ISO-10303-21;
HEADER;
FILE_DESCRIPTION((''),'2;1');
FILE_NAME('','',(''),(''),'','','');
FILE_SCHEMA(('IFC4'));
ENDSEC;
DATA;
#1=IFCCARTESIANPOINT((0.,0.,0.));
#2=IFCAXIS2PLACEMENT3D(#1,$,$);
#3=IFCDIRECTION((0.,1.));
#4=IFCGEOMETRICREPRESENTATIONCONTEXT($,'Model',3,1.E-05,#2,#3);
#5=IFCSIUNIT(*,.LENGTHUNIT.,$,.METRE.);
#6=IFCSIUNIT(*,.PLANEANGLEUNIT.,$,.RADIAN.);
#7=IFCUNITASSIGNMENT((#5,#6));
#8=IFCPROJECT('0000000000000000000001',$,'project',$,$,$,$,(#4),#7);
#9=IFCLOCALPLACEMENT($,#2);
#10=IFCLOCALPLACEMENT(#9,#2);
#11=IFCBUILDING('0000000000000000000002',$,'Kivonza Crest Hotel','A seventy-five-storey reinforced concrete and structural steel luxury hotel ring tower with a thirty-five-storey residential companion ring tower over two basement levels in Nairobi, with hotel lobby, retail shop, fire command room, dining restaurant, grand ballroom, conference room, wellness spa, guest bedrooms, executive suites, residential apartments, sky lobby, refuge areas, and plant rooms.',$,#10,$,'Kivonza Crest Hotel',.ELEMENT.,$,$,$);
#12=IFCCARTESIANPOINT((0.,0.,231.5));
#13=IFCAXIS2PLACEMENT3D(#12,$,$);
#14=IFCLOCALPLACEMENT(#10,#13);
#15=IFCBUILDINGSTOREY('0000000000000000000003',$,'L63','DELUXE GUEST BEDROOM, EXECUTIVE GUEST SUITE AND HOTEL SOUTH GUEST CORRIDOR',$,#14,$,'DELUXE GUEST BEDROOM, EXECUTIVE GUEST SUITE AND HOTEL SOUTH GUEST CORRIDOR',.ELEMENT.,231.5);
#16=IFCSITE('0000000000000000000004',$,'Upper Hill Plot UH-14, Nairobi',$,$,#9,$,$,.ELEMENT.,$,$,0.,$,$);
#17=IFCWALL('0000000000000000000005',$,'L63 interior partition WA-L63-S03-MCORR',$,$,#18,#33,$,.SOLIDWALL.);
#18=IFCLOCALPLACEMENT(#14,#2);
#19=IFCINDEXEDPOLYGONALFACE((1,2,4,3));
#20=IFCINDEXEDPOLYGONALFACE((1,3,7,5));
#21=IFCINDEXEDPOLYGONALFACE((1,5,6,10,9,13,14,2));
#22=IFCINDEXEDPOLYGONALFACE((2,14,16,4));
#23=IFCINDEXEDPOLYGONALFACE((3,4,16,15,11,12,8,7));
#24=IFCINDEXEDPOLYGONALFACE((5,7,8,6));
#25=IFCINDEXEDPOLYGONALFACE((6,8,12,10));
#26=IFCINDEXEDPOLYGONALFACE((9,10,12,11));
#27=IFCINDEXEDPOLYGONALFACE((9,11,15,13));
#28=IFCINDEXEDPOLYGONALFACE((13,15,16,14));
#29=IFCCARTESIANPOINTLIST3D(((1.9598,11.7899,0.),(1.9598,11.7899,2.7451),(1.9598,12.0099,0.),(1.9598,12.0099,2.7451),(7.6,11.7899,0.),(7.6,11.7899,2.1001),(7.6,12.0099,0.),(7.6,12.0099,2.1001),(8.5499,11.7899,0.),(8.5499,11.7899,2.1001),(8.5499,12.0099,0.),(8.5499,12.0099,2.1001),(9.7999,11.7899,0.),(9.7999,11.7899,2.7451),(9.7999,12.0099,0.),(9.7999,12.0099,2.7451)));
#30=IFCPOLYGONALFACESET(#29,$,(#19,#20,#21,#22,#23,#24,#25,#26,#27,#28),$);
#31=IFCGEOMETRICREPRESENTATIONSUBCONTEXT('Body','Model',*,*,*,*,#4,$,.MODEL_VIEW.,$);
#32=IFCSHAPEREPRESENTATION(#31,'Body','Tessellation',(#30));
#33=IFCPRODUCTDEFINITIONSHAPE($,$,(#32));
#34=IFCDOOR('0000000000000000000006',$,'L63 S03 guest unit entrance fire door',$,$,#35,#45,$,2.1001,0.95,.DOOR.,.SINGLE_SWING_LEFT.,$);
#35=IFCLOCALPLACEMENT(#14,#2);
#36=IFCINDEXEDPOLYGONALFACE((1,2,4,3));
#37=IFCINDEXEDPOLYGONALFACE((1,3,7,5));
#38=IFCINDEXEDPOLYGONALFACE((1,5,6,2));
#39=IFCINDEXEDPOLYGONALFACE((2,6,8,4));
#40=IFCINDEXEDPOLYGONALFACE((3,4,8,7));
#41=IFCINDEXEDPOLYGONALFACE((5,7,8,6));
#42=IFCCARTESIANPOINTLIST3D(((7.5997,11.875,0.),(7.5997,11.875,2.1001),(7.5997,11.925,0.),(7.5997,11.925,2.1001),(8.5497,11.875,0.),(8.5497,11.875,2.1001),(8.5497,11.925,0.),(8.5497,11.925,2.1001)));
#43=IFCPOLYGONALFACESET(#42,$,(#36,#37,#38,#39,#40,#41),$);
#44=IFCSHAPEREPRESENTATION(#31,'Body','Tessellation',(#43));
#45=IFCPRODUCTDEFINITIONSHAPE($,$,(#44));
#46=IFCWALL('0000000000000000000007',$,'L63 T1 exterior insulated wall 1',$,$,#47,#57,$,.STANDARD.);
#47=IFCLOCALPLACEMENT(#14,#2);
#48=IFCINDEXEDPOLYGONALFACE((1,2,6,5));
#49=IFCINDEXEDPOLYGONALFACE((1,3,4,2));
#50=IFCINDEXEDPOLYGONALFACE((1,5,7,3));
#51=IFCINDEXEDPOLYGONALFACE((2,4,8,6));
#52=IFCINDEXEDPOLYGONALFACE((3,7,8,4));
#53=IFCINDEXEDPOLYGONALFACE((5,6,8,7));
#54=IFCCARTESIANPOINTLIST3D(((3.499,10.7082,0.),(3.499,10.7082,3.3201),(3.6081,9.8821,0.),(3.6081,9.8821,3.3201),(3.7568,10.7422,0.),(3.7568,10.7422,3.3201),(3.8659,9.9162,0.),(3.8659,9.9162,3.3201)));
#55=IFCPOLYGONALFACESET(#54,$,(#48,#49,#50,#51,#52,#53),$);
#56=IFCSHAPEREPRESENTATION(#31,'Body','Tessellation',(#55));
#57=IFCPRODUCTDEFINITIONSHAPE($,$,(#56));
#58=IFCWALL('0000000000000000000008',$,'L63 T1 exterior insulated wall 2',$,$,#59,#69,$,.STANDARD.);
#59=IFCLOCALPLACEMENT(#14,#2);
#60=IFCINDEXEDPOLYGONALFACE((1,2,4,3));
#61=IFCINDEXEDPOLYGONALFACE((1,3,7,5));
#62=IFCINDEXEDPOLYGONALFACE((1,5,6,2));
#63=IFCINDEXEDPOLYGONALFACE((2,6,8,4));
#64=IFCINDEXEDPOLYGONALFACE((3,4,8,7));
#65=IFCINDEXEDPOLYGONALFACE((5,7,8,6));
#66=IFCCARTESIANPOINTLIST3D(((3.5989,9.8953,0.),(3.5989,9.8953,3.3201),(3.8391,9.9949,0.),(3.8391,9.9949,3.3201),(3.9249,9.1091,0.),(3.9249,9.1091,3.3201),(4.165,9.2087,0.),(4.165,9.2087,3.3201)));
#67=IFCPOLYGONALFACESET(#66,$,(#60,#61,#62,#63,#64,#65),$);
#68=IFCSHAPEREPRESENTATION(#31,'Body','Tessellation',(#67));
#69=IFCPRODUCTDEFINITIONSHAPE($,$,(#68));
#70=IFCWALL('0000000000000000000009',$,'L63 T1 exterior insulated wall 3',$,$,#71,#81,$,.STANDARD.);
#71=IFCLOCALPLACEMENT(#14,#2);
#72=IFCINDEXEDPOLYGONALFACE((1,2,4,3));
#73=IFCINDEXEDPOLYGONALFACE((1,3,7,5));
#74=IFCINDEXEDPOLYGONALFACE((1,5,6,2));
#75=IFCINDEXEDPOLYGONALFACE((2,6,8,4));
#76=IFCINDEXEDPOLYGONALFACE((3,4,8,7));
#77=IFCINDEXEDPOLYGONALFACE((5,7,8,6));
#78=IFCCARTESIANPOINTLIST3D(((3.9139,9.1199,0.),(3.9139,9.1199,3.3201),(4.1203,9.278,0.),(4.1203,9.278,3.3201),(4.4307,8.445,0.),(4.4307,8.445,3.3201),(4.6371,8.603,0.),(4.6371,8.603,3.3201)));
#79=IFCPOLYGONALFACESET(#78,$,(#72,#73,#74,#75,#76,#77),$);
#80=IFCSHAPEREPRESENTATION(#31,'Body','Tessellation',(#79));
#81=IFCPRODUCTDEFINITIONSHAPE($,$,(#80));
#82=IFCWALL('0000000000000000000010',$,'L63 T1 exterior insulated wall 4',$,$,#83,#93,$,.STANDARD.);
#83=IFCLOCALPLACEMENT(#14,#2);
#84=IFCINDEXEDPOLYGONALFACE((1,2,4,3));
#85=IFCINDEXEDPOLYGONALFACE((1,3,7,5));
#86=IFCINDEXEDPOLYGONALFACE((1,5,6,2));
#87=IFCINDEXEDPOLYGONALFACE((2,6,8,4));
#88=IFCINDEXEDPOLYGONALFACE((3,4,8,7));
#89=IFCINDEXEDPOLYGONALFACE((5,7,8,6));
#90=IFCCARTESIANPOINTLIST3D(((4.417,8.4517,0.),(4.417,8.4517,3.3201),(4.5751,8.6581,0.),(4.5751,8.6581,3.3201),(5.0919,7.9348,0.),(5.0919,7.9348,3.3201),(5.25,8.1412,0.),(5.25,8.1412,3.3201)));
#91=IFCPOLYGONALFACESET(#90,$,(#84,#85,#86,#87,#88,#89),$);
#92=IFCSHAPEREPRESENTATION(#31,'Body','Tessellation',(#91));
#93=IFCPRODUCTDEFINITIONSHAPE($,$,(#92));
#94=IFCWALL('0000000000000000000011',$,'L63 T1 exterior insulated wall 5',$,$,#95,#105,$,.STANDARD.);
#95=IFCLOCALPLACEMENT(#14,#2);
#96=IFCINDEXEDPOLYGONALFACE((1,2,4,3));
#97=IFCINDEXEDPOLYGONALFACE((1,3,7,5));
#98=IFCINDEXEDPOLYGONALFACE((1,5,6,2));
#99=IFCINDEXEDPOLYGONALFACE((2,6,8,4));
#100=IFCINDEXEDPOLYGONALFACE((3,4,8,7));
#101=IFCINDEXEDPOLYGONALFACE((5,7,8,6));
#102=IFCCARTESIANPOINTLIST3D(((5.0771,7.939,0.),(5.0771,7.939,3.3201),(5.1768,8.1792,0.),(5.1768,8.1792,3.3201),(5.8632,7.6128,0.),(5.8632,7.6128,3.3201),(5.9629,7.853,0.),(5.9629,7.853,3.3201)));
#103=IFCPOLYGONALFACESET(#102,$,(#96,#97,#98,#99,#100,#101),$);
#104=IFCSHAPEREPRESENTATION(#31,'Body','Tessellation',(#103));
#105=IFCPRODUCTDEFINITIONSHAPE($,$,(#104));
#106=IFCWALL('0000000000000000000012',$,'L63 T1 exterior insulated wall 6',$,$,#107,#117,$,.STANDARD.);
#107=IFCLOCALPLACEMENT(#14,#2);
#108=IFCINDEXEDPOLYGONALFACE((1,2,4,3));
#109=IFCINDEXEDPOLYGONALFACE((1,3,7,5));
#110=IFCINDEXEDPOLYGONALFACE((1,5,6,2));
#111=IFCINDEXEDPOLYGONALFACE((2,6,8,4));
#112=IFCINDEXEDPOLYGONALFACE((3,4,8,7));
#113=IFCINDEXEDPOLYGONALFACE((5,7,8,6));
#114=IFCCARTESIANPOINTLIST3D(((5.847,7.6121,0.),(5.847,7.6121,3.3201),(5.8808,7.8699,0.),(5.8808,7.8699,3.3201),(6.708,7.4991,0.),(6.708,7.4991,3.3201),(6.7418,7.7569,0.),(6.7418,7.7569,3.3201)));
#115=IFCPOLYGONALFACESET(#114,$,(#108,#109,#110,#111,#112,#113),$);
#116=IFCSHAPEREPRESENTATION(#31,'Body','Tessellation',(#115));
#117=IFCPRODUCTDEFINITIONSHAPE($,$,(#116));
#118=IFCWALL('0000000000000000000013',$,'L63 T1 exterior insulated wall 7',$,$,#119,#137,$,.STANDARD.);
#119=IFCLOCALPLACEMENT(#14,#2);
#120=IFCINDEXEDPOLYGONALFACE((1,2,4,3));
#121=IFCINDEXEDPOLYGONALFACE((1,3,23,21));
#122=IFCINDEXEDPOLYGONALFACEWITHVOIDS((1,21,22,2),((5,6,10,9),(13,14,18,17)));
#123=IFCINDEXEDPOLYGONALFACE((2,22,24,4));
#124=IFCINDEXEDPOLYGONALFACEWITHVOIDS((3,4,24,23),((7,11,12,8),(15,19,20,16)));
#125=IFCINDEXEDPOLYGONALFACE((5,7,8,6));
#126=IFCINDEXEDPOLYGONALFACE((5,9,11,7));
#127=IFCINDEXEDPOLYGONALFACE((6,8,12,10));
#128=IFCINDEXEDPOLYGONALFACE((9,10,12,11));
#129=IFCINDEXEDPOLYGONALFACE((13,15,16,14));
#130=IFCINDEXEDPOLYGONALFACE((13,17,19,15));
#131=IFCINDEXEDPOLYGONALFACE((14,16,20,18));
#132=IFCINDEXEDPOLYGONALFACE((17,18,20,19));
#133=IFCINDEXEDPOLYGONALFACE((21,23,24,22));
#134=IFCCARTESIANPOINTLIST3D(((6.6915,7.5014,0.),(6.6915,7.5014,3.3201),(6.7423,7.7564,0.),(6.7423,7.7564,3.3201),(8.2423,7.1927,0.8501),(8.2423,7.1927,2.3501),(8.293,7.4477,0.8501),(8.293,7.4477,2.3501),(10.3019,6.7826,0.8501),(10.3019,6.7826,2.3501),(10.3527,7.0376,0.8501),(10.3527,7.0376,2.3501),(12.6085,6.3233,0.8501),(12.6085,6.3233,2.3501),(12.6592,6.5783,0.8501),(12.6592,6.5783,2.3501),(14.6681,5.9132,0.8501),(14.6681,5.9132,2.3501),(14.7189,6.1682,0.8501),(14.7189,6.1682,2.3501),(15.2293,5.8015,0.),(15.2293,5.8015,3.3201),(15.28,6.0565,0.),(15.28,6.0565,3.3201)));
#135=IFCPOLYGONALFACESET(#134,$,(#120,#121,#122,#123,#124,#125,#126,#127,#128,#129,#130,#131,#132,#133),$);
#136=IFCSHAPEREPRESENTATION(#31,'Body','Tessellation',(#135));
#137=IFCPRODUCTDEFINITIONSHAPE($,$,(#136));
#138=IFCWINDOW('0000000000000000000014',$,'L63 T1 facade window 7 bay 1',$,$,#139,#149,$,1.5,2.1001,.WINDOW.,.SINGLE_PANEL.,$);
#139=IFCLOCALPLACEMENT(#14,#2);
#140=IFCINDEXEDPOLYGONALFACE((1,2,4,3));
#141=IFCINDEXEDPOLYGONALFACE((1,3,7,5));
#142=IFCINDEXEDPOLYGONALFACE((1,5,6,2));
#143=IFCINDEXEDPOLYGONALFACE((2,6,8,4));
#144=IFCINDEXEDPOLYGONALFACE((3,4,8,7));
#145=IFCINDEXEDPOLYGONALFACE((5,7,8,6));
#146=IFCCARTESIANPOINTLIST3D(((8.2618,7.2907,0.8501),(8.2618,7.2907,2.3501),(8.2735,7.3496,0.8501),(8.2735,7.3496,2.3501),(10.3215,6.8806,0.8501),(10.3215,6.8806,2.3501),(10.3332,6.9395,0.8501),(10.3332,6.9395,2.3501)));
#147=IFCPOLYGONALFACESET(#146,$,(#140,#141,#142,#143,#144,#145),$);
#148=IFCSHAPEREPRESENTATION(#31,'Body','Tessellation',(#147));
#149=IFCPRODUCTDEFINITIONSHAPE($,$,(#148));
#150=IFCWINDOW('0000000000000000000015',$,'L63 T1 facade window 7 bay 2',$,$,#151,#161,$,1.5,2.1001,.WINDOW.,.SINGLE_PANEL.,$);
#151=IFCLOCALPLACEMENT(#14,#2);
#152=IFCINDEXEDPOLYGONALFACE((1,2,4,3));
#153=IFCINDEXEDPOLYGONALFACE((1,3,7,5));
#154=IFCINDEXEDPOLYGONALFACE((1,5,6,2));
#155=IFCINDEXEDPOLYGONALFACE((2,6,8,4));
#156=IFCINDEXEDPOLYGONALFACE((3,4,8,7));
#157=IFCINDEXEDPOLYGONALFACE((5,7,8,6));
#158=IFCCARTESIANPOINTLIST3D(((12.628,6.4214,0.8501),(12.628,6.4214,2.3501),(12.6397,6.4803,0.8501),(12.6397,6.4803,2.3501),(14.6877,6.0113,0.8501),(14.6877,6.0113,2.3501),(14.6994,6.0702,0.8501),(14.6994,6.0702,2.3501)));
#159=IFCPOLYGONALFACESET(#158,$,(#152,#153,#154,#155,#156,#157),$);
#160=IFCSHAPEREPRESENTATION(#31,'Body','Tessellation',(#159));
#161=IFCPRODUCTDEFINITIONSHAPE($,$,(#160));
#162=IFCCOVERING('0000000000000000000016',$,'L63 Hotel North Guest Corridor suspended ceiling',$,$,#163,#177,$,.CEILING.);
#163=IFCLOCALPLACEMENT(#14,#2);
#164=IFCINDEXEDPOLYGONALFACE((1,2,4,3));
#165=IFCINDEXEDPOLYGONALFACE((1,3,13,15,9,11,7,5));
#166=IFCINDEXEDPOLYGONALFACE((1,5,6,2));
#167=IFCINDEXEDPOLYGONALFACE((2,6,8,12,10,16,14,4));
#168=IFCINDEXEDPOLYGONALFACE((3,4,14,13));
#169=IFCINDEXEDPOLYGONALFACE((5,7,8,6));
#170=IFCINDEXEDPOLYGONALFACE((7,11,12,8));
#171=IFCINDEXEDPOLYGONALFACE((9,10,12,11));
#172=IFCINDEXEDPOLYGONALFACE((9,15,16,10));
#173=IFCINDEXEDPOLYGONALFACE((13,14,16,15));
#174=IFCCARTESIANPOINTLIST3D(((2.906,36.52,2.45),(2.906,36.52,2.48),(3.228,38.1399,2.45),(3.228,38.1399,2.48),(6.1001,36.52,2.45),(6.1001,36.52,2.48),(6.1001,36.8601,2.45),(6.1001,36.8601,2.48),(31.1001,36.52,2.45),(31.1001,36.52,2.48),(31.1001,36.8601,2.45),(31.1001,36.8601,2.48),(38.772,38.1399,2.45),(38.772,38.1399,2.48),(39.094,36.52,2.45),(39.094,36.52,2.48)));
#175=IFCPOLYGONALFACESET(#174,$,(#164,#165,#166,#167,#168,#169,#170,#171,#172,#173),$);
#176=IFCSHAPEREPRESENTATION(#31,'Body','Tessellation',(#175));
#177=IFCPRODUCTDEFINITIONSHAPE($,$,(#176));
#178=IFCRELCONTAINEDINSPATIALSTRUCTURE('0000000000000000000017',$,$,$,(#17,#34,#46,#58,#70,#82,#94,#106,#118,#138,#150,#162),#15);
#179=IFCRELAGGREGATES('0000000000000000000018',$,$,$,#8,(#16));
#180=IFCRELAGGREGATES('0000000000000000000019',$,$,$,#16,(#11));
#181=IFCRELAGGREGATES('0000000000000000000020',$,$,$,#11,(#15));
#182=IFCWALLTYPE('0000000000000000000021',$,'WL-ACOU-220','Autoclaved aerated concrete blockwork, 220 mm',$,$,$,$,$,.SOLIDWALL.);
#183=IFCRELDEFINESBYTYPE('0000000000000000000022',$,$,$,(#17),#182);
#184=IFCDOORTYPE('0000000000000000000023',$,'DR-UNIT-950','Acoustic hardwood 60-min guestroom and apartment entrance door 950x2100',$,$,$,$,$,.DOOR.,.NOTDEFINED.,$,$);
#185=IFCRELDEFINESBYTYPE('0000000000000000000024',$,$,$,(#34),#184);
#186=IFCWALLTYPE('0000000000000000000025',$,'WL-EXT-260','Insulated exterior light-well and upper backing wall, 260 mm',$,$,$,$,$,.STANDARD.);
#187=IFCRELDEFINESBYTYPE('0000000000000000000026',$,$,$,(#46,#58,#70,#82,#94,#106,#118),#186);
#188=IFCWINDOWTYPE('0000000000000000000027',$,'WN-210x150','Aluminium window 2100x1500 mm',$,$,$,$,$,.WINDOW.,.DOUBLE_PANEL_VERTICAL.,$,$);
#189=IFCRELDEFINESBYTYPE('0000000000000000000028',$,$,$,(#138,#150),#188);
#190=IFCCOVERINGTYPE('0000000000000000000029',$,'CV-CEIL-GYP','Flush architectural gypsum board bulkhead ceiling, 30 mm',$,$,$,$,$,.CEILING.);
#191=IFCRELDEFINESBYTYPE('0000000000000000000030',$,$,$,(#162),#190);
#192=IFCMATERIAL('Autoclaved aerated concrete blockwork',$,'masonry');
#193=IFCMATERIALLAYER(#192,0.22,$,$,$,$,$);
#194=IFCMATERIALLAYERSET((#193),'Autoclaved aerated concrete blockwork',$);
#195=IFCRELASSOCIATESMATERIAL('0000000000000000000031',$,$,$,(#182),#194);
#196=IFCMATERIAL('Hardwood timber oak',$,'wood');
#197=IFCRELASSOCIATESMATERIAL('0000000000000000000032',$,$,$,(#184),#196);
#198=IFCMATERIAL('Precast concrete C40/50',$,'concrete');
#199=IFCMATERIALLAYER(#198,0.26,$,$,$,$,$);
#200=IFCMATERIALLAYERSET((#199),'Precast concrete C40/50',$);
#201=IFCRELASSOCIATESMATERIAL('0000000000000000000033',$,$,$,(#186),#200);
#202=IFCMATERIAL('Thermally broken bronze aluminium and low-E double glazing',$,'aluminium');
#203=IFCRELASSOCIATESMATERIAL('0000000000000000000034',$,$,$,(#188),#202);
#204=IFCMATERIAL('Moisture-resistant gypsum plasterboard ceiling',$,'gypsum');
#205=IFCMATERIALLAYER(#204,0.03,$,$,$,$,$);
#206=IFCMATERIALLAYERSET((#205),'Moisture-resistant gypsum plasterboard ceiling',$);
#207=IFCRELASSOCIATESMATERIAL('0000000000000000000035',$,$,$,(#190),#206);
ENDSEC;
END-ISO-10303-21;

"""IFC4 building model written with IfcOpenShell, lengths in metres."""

from ifc_helpers import new_model, si_unit, direction, frame, frame_2d, origin, place, context, subcontext, project, spatial, polyline, rectangle, outline, extrude, material, layer, layer_set, type_object, element, fill, save


model = new_model("IFC4")

# Units and contexts
model_context = context("Model", 3, precision=1e-05, world=origin(), true_north=direction((0.0, 1.0)))
body_context = subcontext(model_context, "Body", "Model", "MODEL_VIEW")
ifc_project = project(units=[si_unit("LENGTHUNIT", "METRE"), si_unit("PLANEANGLEUNIT", "RADIAN")], contexts=[model_context])

# Site, building, storey
site_placement = place(None, origin())
site = spatial("IfcSite", under=ifc_project, at=site_placement, Name="Upper Hill Plot UH-14, Nairobi", CompositionType="ELEMENT", RefElevation=0.0)
building_placement = place(site_placement, origin())
building = spatial("IfcBuilding", under=site, at=building_placement, Name="Kivonza Crest Hotel", Description="A seventy-five-storey reinforced concrete and structural steel luxury hotel ring tower with a thirty-five-storey residential companion ring tower over two basement levels in Nairobi, with hotel lobby, retail shop, fire command room, dining restaurant, grand ballroom, conference room, wellness spa, guest bedrooms, executive suites, residential apartments, sky lobby, refuge areas, and plant rooms.", LongName="Kivonza Crest Hotel", CompositionType="ELEMENT")
storey_placement = place(building_placement, frame((0.0, 0.0, 231.5)))
storey = spatial("IfcBuildingStorey", under=building, at=storey_placement, Name="L63", Description="DELUXE GUEST BEDROOM, EXECUTIVE GUEST SUITE AND HOTEL SOUTH GUEST CORRIDOR", LongName="DELUXE GUEST BEDROOM, EXECUTIVE GUEST SUITE AND HOTEL SOUTH GUEST CORRIDOR", CompositionType="ELEMENT", Elevation=231.5)

# Wall, opening, door
ifc_material_1 = material(Name="Autoclaved aerated concrete blockwork", Category="masonry")
ifc_layer_1 = layer(ifc_material_1, 0.22)
ifc_layer_set_1 = layer_set([ifc_layer_1], Name="Autoclaved aerated concrete blockwork")
wall_type_1 = type_object("IfcWallType", Name="WL-ACOU-220", Description="Autoclaved aerated concrete blockwork, 220 mm", PredefinedType="SOLIDWALL", material=ifc_layer_set_1)
wall_1_placement = place(storey_placement, frame((1.96, 11.8999, 0.0), z_axis=(0.0, 0.0, 1.0), x_axis=(1.0, 0.0, 0.0)))
wall_1 = element("IfcWall", 1, at=wall_1_placement, inside=storey, type_object=wall_type_1, Name="L63 interior partition WA-L63-S03-MCORR", PredefinedType="SOLIDWALL", context=body_context, shape_type="SweptSolid", body=[
    extrude(rectangle(XDim=7.8401, YDim=0.22, at=frame_2d((3.9199, 0.0))), origin(), (0.0, 0.0, 1.0), 2.7451),
])
opening_1_placement = place(wall_1_placement, frame((5.6399, 0.0, 0.0)))
opening_1 = element("IfcOpeningElement", 2, at=opening_1_placement, cuts=wall_1, PredefinedType="OPENING", context=body_context, shape_type="SweptSolid", body=[
    extrude(rectangle(XDim=0.95, YDim=2.1001, at=frame_2d((0.4751, 1.05))), frame((0.0, 0.1201, 0.0), z_axis=(0.0, -1.0, 0.0), x_axis=(1.0, 0.0, 0.0)), (0.0, 0.0, 1.0), 0.24),
])
ifc_material_2 = material(Name="Hardwood timber oak", Category="wood")
door_type_1 = type_object("IfcDoorType", Name="DR-UNIT-950", Description="Acoustic hardwood 60-min guestroom and apartment entrance door 950x2100", OperationType="NOTDEFINED", PredefinedType="DOOR", material=ifc_material_2)
door_1_placement = place(opening_1_placement, frame((0.95, 0.0, 0.0), z_axis=(0.0, 0.0, 1.0), x_axis=(-1.0, 0.0, 0.0)))
door_1 = element("IfcDoor", 3, at=door_1_placement, inside=storey, type_object=door_type_1, Name="L63 S03 guest unit entrance fire door", OperationType="SINGLE_SWING_LEFT", OverallHeight=2.1001, OverallWidth=0.95, PredefinedType="DOOR", context=body_context, shape_type="SweptSolid", body=[
    extrude(rectangle(XDim=0.95, YDim=2.1001, at=frame_2d((0.4751, 1.05))), frame((0.0, 0.0249, 0.0), z_axis=(0.0, -1.0, 0.0), x_axis=(1.0, 0.0, 0.0)), (0.0, 0.0, 1.0), 0.05),
])
fill(opening_1, door_1)

# Walls
ifc_material_3 = material(Name="Precast concrete C40/50", Category="concrete")
ifc_layer_2 = layer(ifc_material_3, 0.26)
ifc_layer_set_2 = layer_set([ifc_layer_2], Name="Precast concrete C40/50")
wall_type_2 = type_object("IfcWallType", Name="WL-EXT-260", Description="Insulated exterior light-well and upper backing wall, 260 mm", PredefinedType="STANDARD", material=ifc_layer_set_2)
wall_2_placement = place(storey_placement, frame((3.6279, 10.7251, 0.0), z_axis=(0.0, 0.0, 1.0), x_axis=(0.130955, -0.991388, 0.0)))
element("IfcWall", 4, at=wall_2_placement, inside=storey, type_object=wall_type_2, Name="L63 T1 exterior insulated wall 1", PredefinedType="STANDARD", context=body_context, shape_type="SweptSolid", body=[
    extrude(rectangle(XDim=0.8333, YDim=0.26, at=frame_2d((0.4165, 0.0))), origin(), (0.0, 0.0, 1.0), 3.3201),
])
wall_3_placement = place(storey_placement, frame((3.719, 9.9451, 0.0), z_axis=(0.0, 0.0, 1.0), x_axis=(0.382985, -0.923754, 0.0)))
element("IfcWall", 5, at=wall_3_placement, inside=storey, type_object=wall_type_2, Name="L63 T1 exterior insulated wall 2", PredefinedType="STANDARD", context=body_context, shape_type="SweptSolid", body=[
    extrude(rectangle(XDim=0.8511, YDim=0.26, at=frame_2d((0.4255, 0.0))), origin(), (0.0, 0.0, 1.0), 3.3201),
])
for number, where, z_axis, x_axis, name in (
    (6, (4.0171, 9.199, 0.0), (0.0, 0.0, 1.0), (0.607919, -0.793999, 0.0), "L63 T1 exterior insulated wall 3"),
    (7, (4.4961, 8.5549, 0.0), (0.0, 0.0, 1.0), (0.793893, -0.608058, 0.0), "L63 T1 exterior insulated wall 4"),
):
    element("IfcWall", number, at=place(storey_placement, frame(where, z_axis=z_axis, x_axis=x_axis)), inside=storey, type_object=wall_type_2, Name=name, PredefinedType="STANDARD", context=body_context, shape_type="SweptSolid", body=[
        extrude(rectangle(XDim=0.8501, YDim=0.26, at=frame_2d((0.425, 0.0))), origin(), (0.0, 0.0, 1.0), 3.3201),
    ])
wall_4_placement = place(storey_placement, frame((5.127, 8.0591, 0.0), z_axis=(0.0, 0.0, 1.0), x_axis=(0.923653, -0.38323, 0.0)))
element("IfcWall", 8, at=wall_4_placement, inside=storey, type_object=wall_type_2, Name="L63 T1 exterior insulated wall 5", PredefinedType="STANDARD", context=body_context, shape_type="SweptSolid", body=[
    extrude(rectangle(XDim=0.8511, YDim=0.26, at=frame_2d((0.4255, 0.0))), origin(), (0.0, 0.0, 1.0), 3.3201),
])
wall_5_placement = place(storey_placement, frame((5.864, 7.741, 0.0), z_axis=(0.0, 0.0, 1.0), x_axis=(0.991493, -0.130156, 0.0)))
element("IfcWall", 9, at=wall_5_placement, inside=storey, type_object=wall_type_2, Name="L63 T1 exterior insulated wall 6", PredefinedType="STANDARD", context=body_context, shape_type="SweptSolid", body=[
    extrude(rectangle(XDim=0.8684, YDim=0.26, at=frame_2d((0.4341, 0.0))), origin(), (0.0, 0.0, 1.0), 3.3201),
])

# Wall, openings, windows
wall_6_placement = place(storey_placement, frame((6.717, 7.6289, 0.0), z_axis=(0.0, 0.0, 1.0), x_axis=(0.980749, -0.195275, 0.0)))
wall_6 = element("IfcWall", 10, at=wall_6_placement, inside=storey, type_object=wall_type_2, Name="L63 T1 exterior insulated wall 7", PredefinedType="STANDARD", context=body_context, shape_type="SweptSolid", body=[
    extrude(rectangle(XDim=8.7053, YDim=0.26, at=frame_2d((4.3525, 0.0))), origin(), (0.0, 0.0, 1.0), 3.3201),
])
opening_2_placement = place(wall_6_placement, frame((1.5811, 0.0, 0.8501)))
opening_2 = element("IfcOpeningElement", 11, at=opening_2_placement, cuts=wall_6, PredefinedType="OPENING", context=body_context, shape_type="SweptSolid", body=[
    extrude(rectangle(XDim=2.1001, YDim=1.5, at=frame_2d((1.05, 0.75))), frame((0.0, 0.1401, 0.0), z_axis=(0.0, -1.0, 0.0), x_axis=(1.0, 0.0, 0.0)), (0.0, 0.0, 1.0), 0.28),
])
opening_3_placement = place(wall_6_placement, frame((6.033, 0.0, 0.8501)))
opening_3 = element("IfcOpeningElement", 12, at=opening_3_placement, cuts=wall_6, PredefinedType="OPENING", context=body_context, shape_type="SweptSolid", body=[
    extrude(rectangle(XDim=2.1001, YDim=1.5, at=frame_2d((1.05, 0.75))), frame((0.0, 0.1401, 0.0), z_axis=(0.0, -1.0, 0.0), x_axis=(1.0, 0.0, 0.0)), (0.0, 0.0, 1.0), 0.28),
])
ifc_material_4 = material(Name="Thermally broken bronze aluminium and low-E double glazing", Category="aluminium")
window_type = type_object("IfcWindowType", Name="WN-210x150", Description="Aluminium window 2100x1500 mm", PartitioningType="DOUBLE_PANEL_VERTICAL", PredefinedType="WINDOW", material=ifc_material_4)
window_1_placement = place(opening_2_placement, origin())
window_1 = element("IfcWindow", 13, at=window_1_placement, inside=storey, type_object=window_type, Name="L63 T1 facade window 7 bay 1", OverallHeight=1.5, OverallWidth=2.1001, PartitioningType="SINGLE_PANEL", PredefinedType="WINDOW", context=body_context, shape_type="SweptSolid", body=[
    extrude(rectangle(XDim=2.1001, YDim=1.5, at=frame_2d((1.05, 0.75))), frame((0.0, 0.03, 0.0), z_axis=(0.0, -1.0, 0.0), x_axis=(1.0, 0.0, 0.0)), (0.0, 0.0, 1.0), 0.0601),
])
fill(opening_2, window_1)
window_2_placement = place(opening_3_placement, origin())
window_2 = element("IfcWindow", 14, at=window_2_placement, inside=storey, type_object=window_type, Name="L63 T1 facade window 7 bay 2", OverallHeight=1.5, OverallWidth=2.1001, PartitioningType="SINGLE_PANEL", PredefinedType="WINDOW", context=body_context, shape_type="SweptSolid", body=[
    extrude(rectangle(XDim=2.1001, YDim=1.5, at=frame_2d((1.05, 0.75))), frame((0.0, 0.03, 0.0), z_axis=(0.0, -1.0, 0.0), x_axis=(1.0, 0.0, 0.0)), (0.0, 0.0, 1.0), 0.0601),
])
fill(opening_3, window_2)

# Covering
ifc_material_5 = material(Name="Moisture-resistant gypsum plasterboard ceiling", Category="gypsum")
ifc_layer_3 = layer(ifc_material_5, 0.03)
ifc_layer_set_3 = layer_set([ifc_layer_3], Name="Moisture-resistant gypsum plasterboard ceiling")
covering_type = type_object("IfcCoveringType", Name="CV-CEIL-GYP", Description="Flush architectural gypsum board bulkhead ceiling, 30 mm", PredefinedType="CEILING", material=ifc_layer_set_3)
covering_1_placement = place(storey_placement, frame((0.0, 0.0, 2.45)))
element("IfcCovering", 15, at=covering_1_placement, inside=storey, type_object=covering_type, Name="L63 Hotel North Guest Corridor suspended ceiling", PredefinedType="CEILING", context=body_context, shape_type="SweptSolid", body=[
    extrude(outline(polyline([(3.228, 38.1399), (2.906, 36.52), (6.1001, 36.52), (6.1001, 36.8601), (31.1001, 36.8601), (31.1001, 36.52), (39.094, 36.52), (38.772, 38.1399), (3.228, 38.1399)])), origin(), (0.0, 0.0, 1.0), 0.03),
])

save(model, "model.ifc")
